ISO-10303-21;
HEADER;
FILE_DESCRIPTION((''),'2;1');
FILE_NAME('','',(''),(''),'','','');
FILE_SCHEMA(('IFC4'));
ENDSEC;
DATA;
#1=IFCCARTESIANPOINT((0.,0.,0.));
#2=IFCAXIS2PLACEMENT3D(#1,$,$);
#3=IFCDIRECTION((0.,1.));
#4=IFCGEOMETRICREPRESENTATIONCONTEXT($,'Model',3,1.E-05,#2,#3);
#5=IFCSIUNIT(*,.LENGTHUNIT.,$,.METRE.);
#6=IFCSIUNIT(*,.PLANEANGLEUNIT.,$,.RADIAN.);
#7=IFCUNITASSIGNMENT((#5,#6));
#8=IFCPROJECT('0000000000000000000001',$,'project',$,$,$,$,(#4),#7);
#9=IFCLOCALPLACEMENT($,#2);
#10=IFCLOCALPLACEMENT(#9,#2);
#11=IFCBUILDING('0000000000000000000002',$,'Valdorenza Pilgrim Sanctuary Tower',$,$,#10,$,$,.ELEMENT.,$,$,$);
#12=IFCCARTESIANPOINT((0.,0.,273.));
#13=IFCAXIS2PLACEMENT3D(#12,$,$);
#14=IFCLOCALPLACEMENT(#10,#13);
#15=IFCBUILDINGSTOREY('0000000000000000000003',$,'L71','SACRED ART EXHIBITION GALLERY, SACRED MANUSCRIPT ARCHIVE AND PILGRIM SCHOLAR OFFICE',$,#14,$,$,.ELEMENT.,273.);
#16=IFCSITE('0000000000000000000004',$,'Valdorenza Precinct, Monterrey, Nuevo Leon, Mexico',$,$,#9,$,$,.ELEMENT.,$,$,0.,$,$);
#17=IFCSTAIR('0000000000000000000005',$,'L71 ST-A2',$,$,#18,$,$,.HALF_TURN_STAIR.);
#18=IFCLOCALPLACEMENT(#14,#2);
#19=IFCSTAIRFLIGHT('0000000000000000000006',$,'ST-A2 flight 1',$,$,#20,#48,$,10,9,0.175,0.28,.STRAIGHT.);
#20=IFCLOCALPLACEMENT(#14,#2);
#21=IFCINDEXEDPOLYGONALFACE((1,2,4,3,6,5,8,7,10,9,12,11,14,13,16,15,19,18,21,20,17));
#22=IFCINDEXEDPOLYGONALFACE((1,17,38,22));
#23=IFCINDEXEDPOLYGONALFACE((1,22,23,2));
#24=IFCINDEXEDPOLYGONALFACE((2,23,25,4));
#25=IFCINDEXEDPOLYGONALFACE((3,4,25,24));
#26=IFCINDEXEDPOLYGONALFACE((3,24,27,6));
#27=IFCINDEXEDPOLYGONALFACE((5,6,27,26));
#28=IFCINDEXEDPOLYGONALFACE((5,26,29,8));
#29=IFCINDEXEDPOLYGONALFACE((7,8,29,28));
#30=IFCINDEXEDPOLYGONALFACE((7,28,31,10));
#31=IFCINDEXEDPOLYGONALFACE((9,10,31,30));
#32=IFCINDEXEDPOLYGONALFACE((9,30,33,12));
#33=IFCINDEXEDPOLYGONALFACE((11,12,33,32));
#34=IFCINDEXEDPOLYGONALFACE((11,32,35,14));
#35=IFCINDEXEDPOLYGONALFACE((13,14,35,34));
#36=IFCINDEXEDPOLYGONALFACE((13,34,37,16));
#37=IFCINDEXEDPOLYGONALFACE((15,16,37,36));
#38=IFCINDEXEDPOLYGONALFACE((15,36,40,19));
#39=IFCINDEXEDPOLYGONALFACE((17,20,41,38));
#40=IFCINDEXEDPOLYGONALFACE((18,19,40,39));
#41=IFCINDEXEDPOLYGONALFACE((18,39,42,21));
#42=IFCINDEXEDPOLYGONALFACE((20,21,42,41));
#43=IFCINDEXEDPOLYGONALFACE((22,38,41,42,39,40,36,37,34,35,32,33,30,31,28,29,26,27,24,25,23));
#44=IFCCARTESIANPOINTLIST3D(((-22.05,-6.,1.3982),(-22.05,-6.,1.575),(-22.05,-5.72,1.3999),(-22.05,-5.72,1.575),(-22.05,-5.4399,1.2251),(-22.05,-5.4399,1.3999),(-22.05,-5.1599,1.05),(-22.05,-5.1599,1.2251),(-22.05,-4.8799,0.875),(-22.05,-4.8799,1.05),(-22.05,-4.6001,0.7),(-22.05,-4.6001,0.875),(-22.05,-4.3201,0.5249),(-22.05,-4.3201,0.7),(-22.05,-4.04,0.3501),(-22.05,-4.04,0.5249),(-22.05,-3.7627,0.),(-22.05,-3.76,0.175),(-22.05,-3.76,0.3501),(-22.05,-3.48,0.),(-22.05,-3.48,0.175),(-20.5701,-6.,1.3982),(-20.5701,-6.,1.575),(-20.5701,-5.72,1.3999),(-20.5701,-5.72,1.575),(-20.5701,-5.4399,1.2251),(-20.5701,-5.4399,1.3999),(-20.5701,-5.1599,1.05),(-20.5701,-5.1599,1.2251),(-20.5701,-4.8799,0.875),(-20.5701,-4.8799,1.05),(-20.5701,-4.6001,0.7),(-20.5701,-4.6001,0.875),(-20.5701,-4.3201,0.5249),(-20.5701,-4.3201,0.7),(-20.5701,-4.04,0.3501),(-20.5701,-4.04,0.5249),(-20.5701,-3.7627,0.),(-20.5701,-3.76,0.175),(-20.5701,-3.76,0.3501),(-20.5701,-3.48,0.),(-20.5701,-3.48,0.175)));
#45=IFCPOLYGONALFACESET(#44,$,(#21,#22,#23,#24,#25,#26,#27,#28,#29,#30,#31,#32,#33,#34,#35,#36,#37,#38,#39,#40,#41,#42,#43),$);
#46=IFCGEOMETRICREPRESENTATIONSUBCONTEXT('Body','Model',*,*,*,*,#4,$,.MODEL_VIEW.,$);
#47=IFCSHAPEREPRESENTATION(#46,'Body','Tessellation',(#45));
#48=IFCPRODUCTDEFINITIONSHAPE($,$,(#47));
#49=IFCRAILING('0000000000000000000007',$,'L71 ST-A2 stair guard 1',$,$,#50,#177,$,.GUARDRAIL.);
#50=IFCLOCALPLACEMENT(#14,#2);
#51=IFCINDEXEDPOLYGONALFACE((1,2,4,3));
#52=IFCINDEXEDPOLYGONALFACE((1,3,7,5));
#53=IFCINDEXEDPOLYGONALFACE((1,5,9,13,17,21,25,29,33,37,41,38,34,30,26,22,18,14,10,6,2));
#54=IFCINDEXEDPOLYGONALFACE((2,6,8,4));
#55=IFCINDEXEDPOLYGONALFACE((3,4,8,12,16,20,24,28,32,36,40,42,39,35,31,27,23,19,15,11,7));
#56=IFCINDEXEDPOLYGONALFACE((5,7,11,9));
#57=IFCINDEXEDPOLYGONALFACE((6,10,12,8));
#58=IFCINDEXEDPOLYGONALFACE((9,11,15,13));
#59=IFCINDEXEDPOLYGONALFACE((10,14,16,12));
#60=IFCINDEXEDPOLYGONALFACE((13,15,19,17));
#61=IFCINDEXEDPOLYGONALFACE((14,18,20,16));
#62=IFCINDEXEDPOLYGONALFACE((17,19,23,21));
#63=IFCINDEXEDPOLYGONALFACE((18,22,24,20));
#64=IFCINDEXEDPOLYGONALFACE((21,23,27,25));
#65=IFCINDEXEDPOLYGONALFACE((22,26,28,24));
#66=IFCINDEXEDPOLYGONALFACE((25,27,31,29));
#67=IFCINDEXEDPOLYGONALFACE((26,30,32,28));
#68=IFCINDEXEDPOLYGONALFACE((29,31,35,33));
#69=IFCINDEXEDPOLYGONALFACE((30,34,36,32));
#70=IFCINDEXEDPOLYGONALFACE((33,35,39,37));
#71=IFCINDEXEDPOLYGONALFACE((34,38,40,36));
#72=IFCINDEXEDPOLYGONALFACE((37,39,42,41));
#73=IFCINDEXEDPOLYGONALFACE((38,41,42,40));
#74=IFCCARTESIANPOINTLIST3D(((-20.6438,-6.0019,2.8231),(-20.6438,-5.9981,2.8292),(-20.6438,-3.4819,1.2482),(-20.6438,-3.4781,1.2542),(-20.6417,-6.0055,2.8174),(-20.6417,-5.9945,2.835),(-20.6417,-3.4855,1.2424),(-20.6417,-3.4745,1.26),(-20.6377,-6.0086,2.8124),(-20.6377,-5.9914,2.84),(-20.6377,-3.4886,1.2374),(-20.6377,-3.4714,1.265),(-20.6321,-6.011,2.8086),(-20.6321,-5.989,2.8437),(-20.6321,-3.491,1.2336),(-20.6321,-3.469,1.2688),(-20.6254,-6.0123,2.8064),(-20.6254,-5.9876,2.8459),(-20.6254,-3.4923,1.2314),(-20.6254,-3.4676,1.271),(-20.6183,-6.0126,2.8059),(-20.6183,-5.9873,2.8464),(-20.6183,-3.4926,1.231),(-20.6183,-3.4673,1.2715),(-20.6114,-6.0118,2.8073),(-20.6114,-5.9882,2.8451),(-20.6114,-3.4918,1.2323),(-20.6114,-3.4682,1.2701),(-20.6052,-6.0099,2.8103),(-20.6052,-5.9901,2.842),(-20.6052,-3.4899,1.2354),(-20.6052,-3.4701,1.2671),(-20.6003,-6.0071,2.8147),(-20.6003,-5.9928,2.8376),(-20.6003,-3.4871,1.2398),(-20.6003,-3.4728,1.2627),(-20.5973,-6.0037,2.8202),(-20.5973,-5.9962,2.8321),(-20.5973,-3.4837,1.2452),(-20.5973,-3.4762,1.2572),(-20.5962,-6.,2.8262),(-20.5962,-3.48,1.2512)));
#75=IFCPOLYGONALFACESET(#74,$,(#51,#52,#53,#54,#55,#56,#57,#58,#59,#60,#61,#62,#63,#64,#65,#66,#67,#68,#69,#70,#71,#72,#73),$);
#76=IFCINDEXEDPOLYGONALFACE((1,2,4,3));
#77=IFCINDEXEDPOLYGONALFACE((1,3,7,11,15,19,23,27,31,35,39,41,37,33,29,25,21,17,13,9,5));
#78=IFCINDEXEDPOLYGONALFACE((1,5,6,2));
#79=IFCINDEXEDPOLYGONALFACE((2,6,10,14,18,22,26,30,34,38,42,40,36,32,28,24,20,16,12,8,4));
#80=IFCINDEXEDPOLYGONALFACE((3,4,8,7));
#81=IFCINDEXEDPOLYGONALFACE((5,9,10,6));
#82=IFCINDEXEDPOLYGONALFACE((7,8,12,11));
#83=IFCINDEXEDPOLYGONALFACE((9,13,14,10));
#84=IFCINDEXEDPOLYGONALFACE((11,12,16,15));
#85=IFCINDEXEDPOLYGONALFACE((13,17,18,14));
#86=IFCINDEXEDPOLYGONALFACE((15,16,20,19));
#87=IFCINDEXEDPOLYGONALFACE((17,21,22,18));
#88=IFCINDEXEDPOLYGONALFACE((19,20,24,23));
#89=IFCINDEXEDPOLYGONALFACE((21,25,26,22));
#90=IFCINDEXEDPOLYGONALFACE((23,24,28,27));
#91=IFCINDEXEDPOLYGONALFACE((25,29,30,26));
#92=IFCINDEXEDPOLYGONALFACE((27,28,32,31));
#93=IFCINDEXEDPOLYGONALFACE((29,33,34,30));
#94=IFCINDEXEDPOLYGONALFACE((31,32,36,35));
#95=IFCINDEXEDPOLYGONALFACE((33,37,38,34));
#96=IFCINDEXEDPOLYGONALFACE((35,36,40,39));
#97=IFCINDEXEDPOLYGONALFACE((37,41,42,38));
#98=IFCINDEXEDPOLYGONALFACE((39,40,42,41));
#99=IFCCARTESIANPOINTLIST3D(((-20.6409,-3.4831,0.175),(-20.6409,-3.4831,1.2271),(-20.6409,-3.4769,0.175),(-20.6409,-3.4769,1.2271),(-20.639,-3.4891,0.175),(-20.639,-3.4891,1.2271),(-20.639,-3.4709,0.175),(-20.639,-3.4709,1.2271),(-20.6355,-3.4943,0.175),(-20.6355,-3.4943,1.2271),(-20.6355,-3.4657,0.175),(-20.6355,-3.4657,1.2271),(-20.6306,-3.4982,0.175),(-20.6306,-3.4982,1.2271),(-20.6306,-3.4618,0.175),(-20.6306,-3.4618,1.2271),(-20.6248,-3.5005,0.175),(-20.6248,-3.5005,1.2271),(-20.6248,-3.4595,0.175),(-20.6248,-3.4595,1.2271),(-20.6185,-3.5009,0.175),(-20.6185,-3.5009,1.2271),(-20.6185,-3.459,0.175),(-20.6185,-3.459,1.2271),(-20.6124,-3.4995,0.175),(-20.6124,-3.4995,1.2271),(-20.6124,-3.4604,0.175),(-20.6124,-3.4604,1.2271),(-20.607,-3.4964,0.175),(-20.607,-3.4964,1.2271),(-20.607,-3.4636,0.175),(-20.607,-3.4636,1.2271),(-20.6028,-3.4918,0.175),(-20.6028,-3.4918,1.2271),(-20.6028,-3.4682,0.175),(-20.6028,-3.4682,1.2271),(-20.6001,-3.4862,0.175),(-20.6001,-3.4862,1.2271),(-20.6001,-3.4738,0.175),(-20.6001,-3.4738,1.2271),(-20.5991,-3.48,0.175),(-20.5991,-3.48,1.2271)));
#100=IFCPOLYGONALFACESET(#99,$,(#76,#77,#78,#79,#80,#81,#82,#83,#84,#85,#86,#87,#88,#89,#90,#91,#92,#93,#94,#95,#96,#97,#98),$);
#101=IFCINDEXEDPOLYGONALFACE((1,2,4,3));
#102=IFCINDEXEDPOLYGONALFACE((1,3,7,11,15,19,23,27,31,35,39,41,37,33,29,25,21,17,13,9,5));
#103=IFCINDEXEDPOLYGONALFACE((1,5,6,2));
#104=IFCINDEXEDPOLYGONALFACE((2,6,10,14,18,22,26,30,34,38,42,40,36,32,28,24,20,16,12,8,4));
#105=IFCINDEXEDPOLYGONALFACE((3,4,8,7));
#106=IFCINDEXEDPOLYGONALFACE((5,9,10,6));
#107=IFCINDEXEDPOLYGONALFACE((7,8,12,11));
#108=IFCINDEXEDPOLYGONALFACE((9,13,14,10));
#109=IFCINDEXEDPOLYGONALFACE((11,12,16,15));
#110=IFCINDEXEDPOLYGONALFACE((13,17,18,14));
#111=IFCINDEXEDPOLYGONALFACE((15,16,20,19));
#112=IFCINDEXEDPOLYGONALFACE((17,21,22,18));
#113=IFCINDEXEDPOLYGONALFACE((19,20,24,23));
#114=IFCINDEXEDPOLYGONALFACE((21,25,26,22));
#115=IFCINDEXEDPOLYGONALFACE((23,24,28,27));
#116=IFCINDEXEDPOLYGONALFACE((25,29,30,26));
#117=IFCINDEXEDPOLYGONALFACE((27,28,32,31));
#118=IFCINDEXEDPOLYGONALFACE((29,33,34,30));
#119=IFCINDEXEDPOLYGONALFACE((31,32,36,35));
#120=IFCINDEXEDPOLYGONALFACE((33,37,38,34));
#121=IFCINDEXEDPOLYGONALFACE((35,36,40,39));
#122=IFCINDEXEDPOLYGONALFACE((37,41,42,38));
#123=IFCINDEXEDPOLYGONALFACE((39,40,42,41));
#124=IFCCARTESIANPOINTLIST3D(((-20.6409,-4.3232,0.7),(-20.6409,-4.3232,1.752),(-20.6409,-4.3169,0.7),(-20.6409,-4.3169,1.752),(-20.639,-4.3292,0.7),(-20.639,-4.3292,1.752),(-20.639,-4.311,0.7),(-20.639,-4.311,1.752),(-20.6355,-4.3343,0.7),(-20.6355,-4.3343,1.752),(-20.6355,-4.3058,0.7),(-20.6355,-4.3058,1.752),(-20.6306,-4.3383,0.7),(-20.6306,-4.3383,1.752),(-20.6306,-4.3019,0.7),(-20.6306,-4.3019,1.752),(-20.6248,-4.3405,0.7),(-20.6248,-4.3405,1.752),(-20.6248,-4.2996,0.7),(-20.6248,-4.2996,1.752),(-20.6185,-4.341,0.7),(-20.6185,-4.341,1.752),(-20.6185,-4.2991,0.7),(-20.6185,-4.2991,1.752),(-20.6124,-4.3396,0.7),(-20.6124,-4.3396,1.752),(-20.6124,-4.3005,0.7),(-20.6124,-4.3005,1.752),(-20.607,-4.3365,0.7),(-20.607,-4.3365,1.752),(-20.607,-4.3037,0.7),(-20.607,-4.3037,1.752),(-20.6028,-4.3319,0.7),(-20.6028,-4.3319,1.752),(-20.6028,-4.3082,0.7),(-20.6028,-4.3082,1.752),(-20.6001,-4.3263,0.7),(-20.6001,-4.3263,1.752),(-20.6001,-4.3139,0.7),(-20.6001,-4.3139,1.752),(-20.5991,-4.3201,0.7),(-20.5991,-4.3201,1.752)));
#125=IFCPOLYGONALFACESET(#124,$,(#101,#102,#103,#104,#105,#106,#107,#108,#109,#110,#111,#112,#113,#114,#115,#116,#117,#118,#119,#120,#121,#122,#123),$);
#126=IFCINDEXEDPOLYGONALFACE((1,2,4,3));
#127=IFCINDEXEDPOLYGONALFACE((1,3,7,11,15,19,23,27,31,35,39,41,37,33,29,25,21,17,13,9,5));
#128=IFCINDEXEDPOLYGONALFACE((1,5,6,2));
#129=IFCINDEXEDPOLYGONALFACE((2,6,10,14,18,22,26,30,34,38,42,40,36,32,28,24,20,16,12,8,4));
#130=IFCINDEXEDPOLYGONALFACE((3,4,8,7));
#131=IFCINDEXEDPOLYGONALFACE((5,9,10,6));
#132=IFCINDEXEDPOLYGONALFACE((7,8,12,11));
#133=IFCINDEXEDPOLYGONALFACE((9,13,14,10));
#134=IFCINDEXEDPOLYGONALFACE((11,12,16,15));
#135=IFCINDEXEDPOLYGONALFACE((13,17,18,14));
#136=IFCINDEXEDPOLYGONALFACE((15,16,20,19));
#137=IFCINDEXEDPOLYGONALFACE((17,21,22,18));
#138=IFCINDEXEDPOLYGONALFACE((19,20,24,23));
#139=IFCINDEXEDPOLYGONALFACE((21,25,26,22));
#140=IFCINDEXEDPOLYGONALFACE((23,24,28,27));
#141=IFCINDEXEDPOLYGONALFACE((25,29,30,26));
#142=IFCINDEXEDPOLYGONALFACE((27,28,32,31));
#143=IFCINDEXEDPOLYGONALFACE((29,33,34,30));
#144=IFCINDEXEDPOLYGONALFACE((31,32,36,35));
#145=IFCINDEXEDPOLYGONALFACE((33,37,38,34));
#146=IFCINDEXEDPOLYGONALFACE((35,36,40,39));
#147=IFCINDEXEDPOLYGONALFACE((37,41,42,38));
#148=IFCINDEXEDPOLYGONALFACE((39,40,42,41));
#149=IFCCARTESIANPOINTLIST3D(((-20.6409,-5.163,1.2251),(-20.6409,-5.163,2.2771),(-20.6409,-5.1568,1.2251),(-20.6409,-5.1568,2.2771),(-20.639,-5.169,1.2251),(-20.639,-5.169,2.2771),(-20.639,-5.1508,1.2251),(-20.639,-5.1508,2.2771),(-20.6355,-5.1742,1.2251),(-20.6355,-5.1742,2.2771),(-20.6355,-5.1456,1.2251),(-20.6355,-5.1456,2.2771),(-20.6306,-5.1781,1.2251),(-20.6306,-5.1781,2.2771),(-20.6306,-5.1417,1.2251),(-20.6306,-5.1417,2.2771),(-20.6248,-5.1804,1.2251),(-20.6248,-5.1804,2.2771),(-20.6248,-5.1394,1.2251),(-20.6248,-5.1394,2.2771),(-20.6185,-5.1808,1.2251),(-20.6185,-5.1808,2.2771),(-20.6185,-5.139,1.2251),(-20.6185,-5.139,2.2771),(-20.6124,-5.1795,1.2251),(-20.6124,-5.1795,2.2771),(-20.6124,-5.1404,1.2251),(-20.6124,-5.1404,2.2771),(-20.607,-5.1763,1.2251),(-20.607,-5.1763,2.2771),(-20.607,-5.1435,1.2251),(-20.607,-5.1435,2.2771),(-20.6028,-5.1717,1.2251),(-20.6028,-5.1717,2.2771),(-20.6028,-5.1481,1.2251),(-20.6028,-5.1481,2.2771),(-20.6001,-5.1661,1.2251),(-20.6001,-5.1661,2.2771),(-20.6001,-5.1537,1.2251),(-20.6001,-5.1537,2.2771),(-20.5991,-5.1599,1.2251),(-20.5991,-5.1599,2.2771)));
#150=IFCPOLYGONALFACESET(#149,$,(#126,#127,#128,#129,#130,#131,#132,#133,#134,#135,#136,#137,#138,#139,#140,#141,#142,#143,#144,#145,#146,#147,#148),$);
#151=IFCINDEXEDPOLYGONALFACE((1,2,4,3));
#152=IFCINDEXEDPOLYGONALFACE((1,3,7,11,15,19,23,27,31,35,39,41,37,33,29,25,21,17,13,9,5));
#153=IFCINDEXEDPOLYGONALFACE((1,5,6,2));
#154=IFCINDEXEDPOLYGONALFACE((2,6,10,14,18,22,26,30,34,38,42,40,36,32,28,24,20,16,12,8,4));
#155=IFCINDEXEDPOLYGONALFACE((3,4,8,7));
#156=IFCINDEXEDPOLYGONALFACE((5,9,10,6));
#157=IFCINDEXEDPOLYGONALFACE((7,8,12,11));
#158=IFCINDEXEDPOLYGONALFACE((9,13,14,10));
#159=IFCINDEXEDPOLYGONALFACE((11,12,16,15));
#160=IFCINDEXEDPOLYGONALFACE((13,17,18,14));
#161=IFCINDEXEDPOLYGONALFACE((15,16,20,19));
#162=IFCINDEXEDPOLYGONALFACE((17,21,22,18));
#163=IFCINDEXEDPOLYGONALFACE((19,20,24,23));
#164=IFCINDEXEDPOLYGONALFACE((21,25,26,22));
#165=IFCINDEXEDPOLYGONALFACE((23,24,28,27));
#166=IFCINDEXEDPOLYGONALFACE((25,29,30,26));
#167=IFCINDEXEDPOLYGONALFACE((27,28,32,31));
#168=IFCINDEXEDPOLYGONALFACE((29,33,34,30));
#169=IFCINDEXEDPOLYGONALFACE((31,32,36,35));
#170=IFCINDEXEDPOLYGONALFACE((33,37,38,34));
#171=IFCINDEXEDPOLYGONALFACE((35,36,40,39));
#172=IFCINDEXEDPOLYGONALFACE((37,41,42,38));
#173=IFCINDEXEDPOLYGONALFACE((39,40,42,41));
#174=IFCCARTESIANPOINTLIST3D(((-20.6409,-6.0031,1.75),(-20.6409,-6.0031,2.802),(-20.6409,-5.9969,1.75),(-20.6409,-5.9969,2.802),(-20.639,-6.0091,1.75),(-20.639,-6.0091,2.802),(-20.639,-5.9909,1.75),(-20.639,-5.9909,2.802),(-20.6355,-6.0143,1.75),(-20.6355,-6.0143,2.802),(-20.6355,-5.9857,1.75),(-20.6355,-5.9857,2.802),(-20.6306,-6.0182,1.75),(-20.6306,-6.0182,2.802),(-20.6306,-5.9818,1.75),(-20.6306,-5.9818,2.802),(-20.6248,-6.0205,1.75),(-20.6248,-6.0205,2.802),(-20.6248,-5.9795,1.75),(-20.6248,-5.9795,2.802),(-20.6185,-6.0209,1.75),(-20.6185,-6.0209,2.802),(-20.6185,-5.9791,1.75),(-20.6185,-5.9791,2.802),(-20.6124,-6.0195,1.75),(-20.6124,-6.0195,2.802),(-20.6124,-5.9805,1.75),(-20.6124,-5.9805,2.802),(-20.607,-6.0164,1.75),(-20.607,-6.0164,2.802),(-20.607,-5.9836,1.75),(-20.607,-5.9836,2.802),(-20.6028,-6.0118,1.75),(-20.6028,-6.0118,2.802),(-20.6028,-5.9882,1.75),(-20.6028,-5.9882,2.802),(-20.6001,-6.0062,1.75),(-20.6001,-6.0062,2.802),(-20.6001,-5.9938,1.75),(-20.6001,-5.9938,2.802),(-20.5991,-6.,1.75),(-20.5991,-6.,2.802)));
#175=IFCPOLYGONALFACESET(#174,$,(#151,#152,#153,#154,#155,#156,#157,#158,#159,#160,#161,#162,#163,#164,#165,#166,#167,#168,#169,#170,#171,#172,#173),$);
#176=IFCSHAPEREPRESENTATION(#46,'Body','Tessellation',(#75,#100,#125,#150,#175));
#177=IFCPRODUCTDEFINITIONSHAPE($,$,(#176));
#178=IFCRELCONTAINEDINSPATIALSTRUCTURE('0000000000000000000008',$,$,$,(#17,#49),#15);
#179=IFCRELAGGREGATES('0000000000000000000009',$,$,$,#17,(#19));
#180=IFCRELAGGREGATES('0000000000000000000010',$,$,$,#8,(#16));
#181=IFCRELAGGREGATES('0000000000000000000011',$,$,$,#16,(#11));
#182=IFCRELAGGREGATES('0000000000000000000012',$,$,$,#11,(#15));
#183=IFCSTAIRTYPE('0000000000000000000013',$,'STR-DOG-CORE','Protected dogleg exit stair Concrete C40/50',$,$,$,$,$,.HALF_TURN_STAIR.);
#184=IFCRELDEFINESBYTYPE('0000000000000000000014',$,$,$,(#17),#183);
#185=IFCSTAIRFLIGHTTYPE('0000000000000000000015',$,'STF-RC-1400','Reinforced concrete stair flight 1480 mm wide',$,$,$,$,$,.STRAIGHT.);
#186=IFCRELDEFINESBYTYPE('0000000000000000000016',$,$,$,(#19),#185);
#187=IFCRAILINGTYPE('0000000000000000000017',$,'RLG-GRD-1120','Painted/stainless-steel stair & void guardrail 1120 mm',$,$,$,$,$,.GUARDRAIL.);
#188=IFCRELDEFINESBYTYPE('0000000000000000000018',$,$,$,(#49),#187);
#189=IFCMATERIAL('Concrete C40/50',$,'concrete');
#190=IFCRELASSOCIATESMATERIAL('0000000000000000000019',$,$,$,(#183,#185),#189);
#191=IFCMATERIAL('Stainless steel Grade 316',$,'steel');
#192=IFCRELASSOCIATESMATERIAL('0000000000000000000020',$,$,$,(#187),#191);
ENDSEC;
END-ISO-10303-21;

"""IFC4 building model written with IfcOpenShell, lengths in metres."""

from ifc_helpers import new_model, si_unit, direction, frame, origin, origin_2d, place, context, subcontext, project, spatial, polyline, circle, outline, extrude, material, type_object, element, aggregate, save


model = new_model("IFC4")

# Units and contexts
model_context = context("Model", 3, precision=1e-05, world=origin(), true_north=direction((0.0, 1.0)))
body_context = subcontext(model_context, "Body", "Model", "MODEL_VIEW")
ifc_project = project(units=[si_unit("LENGTHUNIT", "METRE"), si_unit("PLANEANGLEUNIT", "RADIAN")], contexts=[model_context])

# Site, building, storey
site_placement = place(None, origin())
site = spatial("IfcSite", under=ifc_project, at=site_placement, Name="Valdorenza Precinct, Monterrey, Nuevo Leon, Mexico", CompositionType="ELEMENT", RefElevation=0.0)
building_placement = place(site_placement, origin())
building = spatial("IfcBuilding", under=site, at=building_placement, Name="Valdorenza Pilgrim Sanctuary Tower", CompositionType="ELEMENT")
storey_placement = place(building_placement, frame((0.0, 0.0, 273.0)))
storey = spatial("IfcBuildingStorey", under=building, at=storey_placement, Name="L71", Description="SACRED ART EXHIBITION GALLERY, SACRED MANUSCRIPT ARCHIVE AND PILGRIM SCHOLAR OFFICE", CompositionType="ELEMENT", Elevation=273.0)

# Shared definitions
ifc_material_1 = material(Name="Concrete C40/50", Category="concrete")

# Stair, stair flight
stair_type = type_object("IfcStairType", Name="STR-DOG-CORE", Description="Protected dogleg exit stair Concrete C40/50", PredefinedType="HALF_TURN_STAIR", material=ifc_material_1)
stair_placement = place(storey_placement, origin())
stair = element("IfcStair", 1, at=stair_placement, inside=storey, type_object=stair_type, Name="L71 ST-A2", PredefinedType="HALF_TURN_STAIR")
stair_flight_type = type_object("IfcStairFlightType", Name="STF-RC-1400", Description="Reinforced concrete stair flight 1480 mm wide", PredefinedType="STRAIGHT", material=ifc_material_1)
stair_flight_placement = place(storey_placement, frame((-21.3101, -3.48, 0.0), z_axis=(0.0, 0.0, 1.0), x_axis=(0.0, -1.0, 0.0)))
stair_flight = element("IfcStairFlight", 2, at=stair_flight_placement, type_object=stair_flight_type, Name="ST-A2 flight 1", NumberOfRisers=10, NumberOfTreads=9, PredefinedType="STRAIGHT", RiserHeight=0.175, TreadLength=0.28, context=body_context, shape_type="SweptSolid", body=[
    extrude(outline(polyline([(0.0, 0.0), (0.0, 0.175), (0.28, 0.175), (0.28, 0.3501), (0.5601, 0.3501), (0.5601, 0.5249), (0.8401, 0.5249), (0.8401, 0.7), (1.1201, 0.7), (1.1201, 0.875), (1.3999, 0.875), (1.3999, 1.05), (1.6799, 1.05), (1.6799, 1.2251), (1.96, 1.2251), (1.96, 1.3999), (2.24, 1.3999), (2.24, 1.575), (2.52, 1.575), (2.52, 1.75), (2.52, 1.3982), (0.2827, 0.0), (0.0, 0.0)])), frame((0.0, 0.74, 0.0), z_axis=(0.0, -1.0, 0.0), x_axis=(1.0, 0.0, 0.0)), (0.0, 0.0, 1.0), 1.48),
])
aggregate(stair, [stair_flight])

# Railing
ifc_material_2 = material(Name="Stainless steel Grade 316", Category="steel")
railing_type_1 = type_object("IfcRailingType", Name="RLG-GRD-1120", Description="Painted/stainless-steel stair & void guardrail 1120 mm", PredefinedType="GUARDRAIL", material=ifc_material_2)
railing_1_placement = place(storey_placement, frame((-20.6201, -3.48, 0.175)))
element("IfcRailing", 3, at=railing_1_placement, inside=storey, type_object=railing_type_1, Name="L71 ST-A2 stair guard 1", PredefinedType="GUARDRAIL", context=body_context, shape_type="SweptSolid", body=[
    extrude(circle(Radius=0.0239, at=origin_2d()), frame((0.0, 0.0, 1.0762), z_axis=(0.0, -0.848008, 0.529984), x_axis=(1.0, 0.0, 0.0)), (0.0, 0.0, 1.0), 2.9717),
    extrude(circle(Radius=0.021, at=origin_2d()), origin(), (0.0, 0.0, 1.0), 1.052),
    extrude(circle(Radius=0.021, at=origin_2d()), frame((0.0, -0.8401, 0.5249)), (0.0, 0.0, 1.0), 1.052),
    extrude(circle(Radius=0.021, at=origin_2d()), frame((0.0, -1.6799, 1.05)), (0.0, 0.0, 1.0), 1.052),
    extrude(circle(Radius=0.021, at=origin_2d()), frame((0.0, -2.52, 1.575)), (0.0, 0.0, 1.0), 1.052),
])

save(model, "model.ifc")
